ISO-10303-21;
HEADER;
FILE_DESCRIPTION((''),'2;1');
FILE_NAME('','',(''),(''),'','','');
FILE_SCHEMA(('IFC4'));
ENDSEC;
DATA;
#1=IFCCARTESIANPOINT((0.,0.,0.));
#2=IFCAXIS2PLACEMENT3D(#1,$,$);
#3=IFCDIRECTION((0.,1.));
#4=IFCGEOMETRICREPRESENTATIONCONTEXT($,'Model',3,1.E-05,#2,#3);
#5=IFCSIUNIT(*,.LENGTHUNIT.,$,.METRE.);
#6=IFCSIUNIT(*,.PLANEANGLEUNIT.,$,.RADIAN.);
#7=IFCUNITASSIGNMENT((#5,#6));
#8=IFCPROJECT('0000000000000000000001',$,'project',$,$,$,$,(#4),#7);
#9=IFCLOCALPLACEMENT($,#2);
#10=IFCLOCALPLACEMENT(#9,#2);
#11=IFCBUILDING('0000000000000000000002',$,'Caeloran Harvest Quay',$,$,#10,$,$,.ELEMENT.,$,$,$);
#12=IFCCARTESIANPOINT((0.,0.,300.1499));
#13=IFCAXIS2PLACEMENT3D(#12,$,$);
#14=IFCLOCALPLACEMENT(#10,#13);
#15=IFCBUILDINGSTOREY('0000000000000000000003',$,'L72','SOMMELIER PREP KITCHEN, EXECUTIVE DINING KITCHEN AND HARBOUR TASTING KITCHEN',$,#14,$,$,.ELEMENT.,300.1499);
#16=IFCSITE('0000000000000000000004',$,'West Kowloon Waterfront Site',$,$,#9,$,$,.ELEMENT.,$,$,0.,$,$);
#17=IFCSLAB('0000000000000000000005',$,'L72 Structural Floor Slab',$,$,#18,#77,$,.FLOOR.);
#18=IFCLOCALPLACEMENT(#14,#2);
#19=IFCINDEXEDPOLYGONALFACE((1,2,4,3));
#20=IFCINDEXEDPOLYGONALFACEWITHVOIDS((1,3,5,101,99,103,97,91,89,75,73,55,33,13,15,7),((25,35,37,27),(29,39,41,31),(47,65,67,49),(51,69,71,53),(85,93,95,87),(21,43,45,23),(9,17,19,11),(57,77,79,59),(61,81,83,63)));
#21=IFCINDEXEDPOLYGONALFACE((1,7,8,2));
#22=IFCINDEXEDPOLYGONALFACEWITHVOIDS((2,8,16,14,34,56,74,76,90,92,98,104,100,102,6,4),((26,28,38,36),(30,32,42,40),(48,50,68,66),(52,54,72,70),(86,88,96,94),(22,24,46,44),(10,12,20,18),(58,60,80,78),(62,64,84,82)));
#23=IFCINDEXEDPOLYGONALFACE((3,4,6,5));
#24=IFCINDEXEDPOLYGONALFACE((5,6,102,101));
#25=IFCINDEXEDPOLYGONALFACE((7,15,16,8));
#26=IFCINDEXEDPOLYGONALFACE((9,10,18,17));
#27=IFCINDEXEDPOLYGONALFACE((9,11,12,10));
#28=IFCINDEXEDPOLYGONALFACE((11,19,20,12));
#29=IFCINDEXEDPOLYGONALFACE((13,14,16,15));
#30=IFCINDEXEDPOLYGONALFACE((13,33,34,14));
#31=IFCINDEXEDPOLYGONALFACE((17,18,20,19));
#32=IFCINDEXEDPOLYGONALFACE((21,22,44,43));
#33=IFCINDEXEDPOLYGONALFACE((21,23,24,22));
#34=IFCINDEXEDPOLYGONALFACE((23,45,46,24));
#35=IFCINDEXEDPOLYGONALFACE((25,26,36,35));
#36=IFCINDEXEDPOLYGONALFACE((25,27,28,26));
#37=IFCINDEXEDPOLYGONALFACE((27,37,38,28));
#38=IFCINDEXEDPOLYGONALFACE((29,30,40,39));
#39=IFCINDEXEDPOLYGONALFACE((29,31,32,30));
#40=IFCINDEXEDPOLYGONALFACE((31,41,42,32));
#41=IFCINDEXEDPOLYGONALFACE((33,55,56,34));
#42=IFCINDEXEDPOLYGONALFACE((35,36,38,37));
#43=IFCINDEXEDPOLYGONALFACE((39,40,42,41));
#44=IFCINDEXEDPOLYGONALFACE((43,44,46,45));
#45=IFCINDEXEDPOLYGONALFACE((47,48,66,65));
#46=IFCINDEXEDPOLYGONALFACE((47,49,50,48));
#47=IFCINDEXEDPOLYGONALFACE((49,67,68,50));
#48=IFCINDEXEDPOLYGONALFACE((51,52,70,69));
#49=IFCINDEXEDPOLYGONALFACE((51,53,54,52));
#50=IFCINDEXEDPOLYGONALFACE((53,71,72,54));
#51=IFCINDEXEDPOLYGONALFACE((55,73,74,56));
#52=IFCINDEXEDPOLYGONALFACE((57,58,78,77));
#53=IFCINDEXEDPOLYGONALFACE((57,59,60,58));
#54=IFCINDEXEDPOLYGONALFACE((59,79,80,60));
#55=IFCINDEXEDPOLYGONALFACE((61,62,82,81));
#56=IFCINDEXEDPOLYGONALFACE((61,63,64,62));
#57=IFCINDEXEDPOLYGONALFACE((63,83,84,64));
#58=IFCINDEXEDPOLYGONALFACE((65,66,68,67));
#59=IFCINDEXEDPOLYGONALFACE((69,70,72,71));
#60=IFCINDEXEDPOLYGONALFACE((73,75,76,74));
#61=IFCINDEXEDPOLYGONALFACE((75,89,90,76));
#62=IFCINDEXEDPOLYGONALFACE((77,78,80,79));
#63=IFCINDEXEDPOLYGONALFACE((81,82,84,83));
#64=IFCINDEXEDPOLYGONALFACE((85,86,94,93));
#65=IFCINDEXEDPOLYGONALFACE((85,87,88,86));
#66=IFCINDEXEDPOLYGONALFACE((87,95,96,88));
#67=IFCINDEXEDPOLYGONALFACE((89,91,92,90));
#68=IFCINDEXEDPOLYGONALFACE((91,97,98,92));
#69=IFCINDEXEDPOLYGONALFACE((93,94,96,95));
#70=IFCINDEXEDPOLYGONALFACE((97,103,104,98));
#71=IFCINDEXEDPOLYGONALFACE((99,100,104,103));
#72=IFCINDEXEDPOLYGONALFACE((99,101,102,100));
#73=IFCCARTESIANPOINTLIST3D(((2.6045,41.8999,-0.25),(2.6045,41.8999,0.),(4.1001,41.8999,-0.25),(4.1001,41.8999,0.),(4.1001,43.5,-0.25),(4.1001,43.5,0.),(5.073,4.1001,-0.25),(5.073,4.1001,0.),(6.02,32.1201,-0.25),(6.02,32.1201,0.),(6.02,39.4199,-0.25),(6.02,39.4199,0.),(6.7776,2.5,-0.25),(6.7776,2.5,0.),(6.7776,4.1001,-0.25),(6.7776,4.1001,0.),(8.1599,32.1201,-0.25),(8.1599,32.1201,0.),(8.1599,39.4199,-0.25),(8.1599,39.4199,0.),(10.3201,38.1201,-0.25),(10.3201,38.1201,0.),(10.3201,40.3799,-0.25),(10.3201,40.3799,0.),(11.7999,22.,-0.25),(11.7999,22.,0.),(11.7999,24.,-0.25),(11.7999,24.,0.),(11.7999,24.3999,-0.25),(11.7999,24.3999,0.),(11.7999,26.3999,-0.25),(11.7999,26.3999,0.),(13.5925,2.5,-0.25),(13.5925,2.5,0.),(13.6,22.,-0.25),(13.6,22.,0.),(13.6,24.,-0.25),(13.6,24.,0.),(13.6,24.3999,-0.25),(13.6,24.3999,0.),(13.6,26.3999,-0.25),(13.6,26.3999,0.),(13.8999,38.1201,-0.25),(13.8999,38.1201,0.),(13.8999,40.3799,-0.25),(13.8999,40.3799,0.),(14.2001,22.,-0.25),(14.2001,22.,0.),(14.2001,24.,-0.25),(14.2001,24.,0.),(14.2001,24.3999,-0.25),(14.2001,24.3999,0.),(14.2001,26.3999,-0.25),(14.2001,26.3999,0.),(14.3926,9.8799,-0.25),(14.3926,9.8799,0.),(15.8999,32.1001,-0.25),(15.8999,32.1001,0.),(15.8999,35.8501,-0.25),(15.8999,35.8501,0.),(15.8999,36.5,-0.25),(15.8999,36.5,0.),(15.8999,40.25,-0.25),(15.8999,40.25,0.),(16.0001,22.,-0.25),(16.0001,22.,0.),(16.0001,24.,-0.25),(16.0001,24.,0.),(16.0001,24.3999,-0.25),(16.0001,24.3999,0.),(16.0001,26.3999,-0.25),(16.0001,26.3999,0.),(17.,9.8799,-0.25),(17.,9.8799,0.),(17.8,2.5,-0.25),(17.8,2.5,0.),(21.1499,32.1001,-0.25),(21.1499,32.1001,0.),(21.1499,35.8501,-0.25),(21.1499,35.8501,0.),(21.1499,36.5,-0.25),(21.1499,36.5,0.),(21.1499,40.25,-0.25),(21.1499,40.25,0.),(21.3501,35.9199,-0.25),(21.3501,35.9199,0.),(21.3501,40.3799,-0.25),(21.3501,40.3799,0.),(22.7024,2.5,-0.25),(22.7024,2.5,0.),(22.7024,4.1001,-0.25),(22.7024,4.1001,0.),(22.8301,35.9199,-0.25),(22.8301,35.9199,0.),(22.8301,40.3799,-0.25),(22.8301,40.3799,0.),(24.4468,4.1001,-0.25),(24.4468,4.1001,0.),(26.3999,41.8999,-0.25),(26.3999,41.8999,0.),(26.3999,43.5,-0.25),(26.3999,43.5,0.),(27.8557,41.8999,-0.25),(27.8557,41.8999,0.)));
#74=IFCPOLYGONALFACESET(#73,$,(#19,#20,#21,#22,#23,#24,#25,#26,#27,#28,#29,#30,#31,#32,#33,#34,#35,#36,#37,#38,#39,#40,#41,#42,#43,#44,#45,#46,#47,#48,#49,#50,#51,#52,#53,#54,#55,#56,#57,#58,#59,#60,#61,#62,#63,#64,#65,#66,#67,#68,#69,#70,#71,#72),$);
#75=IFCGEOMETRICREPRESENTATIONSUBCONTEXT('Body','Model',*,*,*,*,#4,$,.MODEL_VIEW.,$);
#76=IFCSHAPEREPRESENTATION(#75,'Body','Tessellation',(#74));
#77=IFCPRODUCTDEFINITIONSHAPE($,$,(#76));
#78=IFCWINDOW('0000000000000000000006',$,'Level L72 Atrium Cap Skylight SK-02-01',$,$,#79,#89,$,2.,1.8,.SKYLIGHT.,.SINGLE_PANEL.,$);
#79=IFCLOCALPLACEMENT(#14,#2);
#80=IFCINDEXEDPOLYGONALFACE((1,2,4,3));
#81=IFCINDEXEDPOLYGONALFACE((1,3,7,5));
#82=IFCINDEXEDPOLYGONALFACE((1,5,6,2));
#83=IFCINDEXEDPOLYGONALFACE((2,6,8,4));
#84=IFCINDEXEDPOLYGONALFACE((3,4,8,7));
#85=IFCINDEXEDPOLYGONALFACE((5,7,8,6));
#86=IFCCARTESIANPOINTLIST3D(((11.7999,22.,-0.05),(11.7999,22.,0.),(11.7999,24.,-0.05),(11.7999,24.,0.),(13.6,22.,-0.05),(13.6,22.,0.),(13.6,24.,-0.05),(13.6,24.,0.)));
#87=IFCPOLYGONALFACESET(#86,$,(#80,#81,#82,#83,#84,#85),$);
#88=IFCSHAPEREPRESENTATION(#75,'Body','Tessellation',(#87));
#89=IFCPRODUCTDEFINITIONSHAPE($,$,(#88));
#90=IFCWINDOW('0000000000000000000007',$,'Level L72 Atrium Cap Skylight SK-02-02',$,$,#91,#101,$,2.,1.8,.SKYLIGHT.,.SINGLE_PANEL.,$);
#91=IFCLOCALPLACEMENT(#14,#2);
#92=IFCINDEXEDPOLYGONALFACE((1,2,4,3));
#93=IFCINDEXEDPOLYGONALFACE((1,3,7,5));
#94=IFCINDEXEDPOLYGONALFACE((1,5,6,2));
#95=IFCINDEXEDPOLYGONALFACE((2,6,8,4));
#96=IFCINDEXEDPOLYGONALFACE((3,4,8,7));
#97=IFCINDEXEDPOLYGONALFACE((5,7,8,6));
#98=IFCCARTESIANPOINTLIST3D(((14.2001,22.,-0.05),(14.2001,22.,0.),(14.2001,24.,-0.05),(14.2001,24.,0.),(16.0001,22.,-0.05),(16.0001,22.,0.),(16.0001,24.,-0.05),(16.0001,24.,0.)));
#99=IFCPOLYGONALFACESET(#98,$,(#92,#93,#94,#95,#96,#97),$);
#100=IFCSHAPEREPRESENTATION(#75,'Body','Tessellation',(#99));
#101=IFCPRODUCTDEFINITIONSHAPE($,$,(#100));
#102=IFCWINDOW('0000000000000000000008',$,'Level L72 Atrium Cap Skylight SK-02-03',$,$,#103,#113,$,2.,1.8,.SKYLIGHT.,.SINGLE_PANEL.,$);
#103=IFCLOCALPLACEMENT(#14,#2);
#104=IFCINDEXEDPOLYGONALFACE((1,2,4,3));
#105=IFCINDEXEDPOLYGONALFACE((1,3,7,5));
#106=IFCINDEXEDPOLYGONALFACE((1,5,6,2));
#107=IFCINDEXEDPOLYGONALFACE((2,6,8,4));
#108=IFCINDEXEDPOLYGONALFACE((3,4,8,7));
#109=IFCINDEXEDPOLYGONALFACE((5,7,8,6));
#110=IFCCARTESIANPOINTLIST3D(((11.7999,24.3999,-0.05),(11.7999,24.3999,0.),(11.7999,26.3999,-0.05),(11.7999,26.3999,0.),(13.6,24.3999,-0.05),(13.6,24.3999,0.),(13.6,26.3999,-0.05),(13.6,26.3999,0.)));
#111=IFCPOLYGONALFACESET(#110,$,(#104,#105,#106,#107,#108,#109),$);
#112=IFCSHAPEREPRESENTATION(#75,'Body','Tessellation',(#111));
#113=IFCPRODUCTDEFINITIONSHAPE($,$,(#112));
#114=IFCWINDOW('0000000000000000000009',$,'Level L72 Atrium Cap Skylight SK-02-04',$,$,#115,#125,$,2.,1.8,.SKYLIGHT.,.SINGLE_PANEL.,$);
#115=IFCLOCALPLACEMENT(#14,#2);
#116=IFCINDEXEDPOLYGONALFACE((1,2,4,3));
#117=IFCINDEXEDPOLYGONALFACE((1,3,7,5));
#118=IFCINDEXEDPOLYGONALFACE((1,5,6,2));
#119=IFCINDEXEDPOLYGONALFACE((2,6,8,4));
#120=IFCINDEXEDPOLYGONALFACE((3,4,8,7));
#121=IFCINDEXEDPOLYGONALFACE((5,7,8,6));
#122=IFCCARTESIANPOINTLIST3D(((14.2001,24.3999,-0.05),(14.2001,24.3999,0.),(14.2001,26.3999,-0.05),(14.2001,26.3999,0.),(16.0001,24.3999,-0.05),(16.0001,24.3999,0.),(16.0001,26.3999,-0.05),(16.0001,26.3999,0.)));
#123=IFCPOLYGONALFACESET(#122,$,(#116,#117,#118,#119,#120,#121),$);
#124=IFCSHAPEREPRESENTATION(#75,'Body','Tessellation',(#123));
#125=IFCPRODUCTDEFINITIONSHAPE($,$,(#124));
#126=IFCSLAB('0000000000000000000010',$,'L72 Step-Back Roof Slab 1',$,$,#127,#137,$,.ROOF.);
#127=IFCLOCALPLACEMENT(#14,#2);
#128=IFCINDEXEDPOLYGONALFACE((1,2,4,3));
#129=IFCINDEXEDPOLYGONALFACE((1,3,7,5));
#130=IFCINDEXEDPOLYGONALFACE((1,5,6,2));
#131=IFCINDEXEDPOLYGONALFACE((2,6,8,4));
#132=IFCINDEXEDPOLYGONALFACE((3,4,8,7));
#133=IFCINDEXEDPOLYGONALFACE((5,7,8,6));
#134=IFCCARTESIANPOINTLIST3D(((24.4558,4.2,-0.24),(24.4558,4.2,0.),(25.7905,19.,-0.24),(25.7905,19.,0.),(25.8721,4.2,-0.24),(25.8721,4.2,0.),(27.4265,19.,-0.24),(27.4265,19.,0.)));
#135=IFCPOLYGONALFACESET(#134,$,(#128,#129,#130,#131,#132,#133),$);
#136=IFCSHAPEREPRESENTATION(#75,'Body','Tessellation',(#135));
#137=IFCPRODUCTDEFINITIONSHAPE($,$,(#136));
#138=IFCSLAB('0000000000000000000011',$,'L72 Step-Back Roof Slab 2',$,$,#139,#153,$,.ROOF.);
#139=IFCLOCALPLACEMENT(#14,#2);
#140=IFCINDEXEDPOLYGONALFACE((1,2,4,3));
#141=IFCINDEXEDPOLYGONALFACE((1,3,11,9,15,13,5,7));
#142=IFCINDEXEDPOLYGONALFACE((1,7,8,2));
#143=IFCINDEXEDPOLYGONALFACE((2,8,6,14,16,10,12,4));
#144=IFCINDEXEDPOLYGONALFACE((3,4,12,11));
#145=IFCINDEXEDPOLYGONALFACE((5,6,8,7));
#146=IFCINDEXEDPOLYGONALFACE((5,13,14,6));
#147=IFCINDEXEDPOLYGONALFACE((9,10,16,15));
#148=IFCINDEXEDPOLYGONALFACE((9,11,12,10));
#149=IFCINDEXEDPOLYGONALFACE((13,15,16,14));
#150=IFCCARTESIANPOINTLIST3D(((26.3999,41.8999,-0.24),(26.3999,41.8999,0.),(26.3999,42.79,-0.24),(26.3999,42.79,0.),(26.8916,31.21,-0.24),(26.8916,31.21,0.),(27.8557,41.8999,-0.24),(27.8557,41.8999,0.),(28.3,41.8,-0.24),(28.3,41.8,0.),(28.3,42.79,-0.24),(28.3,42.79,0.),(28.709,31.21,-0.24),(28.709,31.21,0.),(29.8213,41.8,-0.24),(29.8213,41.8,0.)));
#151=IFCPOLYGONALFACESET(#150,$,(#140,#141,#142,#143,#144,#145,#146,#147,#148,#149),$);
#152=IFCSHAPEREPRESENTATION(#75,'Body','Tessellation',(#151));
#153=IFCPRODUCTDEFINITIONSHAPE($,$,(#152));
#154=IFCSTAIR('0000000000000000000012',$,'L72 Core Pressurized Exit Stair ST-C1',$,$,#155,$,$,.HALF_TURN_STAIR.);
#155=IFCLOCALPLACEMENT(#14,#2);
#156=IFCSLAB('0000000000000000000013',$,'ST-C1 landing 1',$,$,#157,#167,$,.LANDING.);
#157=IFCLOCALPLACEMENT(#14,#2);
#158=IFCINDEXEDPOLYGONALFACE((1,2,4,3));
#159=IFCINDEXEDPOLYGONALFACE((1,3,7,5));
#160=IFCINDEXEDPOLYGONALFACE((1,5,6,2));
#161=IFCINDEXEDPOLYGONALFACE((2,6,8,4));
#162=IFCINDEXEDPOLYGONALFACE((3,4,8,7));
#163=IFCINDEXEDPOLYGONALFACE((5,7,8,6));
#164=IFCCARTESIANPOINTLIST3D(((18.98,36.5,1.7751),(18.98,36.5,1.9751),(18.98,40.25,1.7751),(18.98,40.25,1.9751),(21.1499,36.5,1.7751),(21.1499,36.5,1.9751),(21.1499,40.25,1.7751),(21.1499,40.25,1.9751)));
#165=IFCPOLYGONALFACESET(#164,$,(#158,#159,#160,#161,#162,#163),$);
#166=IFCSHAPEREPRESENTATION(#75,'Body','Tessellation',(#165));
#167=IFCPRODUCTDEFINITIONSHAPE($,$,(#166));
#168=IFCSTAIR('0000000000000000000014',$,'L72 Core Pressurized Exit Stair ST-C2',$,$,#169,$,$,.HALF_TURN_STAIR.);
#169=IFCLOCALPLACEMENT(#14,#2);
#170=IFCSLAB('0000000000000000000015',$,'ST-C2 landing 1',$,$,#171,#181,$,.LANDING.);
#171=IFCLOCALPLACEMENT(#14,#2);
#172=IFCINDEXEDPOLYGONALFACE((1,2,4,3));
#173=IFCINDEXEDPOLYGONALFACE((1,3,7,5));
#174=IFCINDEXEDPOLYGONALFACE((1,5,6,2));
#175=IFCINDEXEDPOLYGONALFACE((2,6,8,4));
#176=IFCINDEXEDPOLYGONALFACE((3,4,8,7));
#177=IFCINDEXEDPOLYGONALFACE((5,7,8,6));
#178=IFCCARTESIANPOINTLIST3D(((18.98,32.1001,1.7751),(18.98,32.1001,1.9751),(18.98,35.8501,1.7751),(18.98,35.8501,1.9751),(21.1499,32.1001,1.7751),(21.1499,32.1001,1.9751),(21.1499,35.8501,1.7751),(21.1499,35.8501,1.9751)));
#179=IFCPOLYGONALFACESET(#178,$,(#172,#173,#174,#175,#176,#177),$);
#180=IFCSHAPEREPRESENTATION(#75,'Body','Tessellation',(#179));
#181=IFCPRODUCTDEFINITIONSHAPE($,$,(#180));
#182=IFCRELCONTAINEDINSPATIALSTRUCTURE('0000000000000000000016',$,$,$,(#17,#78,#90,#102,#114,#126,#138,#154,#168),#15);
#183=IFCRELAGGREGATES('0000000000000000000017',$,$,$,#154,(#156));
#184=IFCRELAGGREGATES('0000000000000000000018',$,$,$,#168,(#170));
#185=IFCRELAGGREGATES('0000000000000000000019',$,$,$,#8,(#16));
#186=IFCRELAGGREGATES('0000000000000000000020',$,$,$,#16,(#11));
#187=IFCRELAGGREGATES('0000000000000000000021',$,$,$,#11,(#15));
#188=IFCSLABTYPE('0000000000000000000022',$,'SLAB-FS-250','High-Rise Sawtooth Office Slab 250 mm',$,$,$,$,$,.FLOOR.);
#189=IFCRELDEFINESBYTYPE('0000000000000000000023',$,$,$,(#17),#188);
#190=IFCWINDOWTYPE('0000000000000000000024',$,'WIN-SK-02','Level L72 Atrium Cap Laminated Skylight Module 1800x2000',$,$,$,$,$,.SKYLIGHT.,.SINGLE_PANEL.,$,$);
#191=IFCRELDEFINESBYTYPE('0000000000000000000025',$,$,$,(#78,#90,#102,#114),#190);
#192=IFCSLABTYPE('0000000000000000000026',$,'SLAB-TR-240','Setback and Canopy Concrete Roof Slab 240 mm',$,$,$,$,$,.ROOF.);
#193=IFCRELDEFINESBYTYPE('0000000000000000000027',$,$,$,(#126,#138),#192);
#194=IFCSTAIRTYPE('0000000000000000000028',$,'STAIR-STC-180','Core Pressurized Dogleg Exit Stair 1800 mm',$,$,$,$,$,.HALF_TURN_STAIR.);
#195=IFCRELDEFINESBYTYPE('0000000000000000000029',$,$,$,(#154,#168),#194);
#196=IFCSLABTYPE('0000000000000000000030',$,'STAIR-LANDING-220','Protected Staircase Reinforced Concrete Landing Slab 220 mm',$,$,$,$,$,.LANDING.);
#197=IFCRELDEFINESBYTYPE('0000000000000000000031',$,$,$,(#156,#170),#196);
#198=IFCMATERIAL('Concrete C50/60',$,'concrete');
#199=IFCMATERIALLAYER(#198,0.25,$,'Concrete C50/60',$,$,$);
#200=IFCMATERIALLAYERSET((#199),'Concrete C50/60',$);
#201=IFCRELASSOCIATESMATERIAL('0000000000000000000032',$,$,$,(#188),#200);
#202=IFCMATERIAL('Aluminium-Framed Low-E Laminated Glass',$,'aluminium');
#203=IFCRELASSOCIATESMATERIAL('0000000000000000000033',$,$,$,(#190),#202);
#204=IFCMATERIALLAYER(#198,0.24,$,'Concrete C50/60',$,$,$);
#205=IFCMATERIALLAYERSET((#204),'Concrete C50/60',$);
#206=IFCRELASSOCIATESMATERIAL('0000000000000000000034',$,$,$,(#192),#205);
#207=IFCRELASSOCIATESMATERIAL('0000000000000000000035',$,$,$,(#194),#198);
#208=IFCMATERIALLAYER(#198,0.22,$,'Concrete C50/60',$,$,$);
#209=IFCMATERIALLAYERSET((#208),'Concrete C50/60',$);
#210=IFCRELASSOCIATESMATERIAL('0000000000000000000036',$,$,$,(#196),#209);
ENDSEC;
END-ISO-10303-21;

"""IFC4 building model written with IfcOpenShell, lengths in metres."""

from ifc_helpers import new_model, si_unit, direction, frame, origin, origin_2d, place, context, subcontext, project, spatial, polyline, rectangle, outline, extrude, material, layer, layer_set, type_object, element, fill, aggregate, save


model = new_model("IFC4")

# Units and contexts
model_context = context("Model", 3, precision=1e-05, world=origin(), true_north=direction((0.0, 1.0)))
body_context = subcontext(model_context, "Body", "Model", "MODEL_VIEW")
ifc_project = project(units=[si_unit("LENGTHUNIT", "METRE"), si_unit("PLANEANGLEUNIT", "RADIAN")], contexts=[model_context])

# Site, building, storey
site_placement = place(None, origin())
site = spatial("IfcSite", under=ifc_project, at=site_placement, Name="West Kowloon Waterfront Site", CompositionType="ELEMENT", RefElevation=0.0)
building_placement = place(site_placement, origin())
building = spatial("IfcBuilding", under=site, at=building_placement, Name="Caeloran Harvest Quay", CompositionType="ELEMENT")
storey_placement = place(building_placement, frame((0.0, 0.0, 300.1499)))
storey = spatial("IfcBuildingStorey", under=building, at=storey_placement, Name="L72", Description="SOMMELIER PREP KITCHEN, EXECUTIVE DINING KITCHEN AND HARBOUR TASTING KITCHEN", CompositionType="ELEMENT", Elevation=300.1499)

# Slab, openings, windows
ifc_material_1 = material(Name="Concrete C50/60", Category="concrete")
ifc_layer_1 = layer(ifc_material_1, 0.25, Name="Concrete C50/60")
ifc_layer_set_1 = layer_set([ifc_layer_1], Name="Concrete C50/60")
slab_type_1 = type_object("IfcSlabType", Name="SLAB-FS-250", Description="High-Rise Sawtooth Office Slab 250 mm", PredefinedType="FLOOR", material=ifc_layer_set_1)
slab_1_placement = place(storey_placement, frame((0.0, 0.0, -0.25)))
slab_1 = element("IfcSlab", 1, at=slab_1_placement, inside=storey, type_object=slab_type_1, Name="L72 Structural Floor Slab", PredefinedType="FLOOR", context=body_context, shape_type="SweptSolid", body=[
    extrude(outline(polyline([(6.7776, 2.5), (13.5925, 2.5), (14.3926, 9.8799), (17.0, 9.8799), (17.8, 2.5), (22.7024, 2.5), (22.7024, 4.1001), (24.4468, 4.1001), (27.8557, 41.8999), (26.3999, 41.8999), (26.3999, 43.5), (4.1001, 43.5), (4.1001, 41.8999), (2.6045, 41.8999), (5.073, 4.1001), (6.7776, 4.1001), (6.7776, 2.5)]), holes=[polyline([(21.1499, 32.1001), (15.8999, 32.1001), (15.8999, 35.8501), (21.1499, 35.8501), (21.1499, 32.1001)]), polyline([(8.1599, 39.4199), (8.1599, 32.1201), (6.02, 32.1201), (6.02, 39.4199), (8.1599, 39.4199)]), polyline([(22.8301, 40.3799), (22.8301, 35.9199), (21.3501, 35.9199), (21.3501, 40.3799), (22.8301, 40.3799)]), polyline([(15.8999, 36.5), (15.8999, 40.25), (21.1499, 40.25), (21.1499, 36.5), (15.8999, 36.5)]), polyline([(13.8999, 38.1201), (10.3201, 38.1201), (10.3201, 40.3799), (13.8999, 40.3799), (13.8999, 38.1201)])]), origin(), (0.0, 0.0, 1.0), 0.25),
])
opening_1_placement = place(slab_1_placement, frame((12.7, 23.0, -0.01)))
opening_1 = element("IfcOpeningElement", 2, at=opening_1_placement, cuts=slab_1, PredefinedType="OPENING", context=body_context, shape_type="SweptSolid", body=[
    extrude(rectangle(XDim=1.8, YDim=2.0, at=origin_2d()), origin(), (0.0, 0.0, 1.0), 0.27),
])
opening_2_placement = place(slab_1_placement, frame((15.1001, 23.0, -0.01)))
opening_2 = element("IfcOpeningElement", 3, at=opening_2_placement, cuts=slab_1, PredefinedType="OPENING", context=body_context, shape_type="SweptSolid", body=[
    extrude(rectangle(XDim=1.8, YDim=2.0, at=origin_2d()), origin(), (0.0, 0.0, 1.0), 0.27),
])
opening_3_placement = place(slab_1_placement, frame((12.7, 25.3999, -0.01)))
opening_3 = element("IfcOpeningElement", 4, at=opening_3_placement, cuts=slab_1, PredefinedType="OPENING", context=body_context, shape_type="SweptSolid", body=[
    extrude(rectangle(XDim=1.8, YDim=2.0, at=origin_2d()), origin(), (0.0, 0.0, 1.0), 0.27),
])
opening_4_placement = place(slab_1_placement, frame((15.1001, 25.3999, -0.01)))
opening_4 = element("IfcOpeningElement", 5, at=opening_4_placement, cuts=slab_1, PredefinedType="OPENING", context=body_context, shape_type="SweptSolid", body=[
    extrude(rectangle(XDim=1.8, YDim=2.0, at=origin_2d()), origin(), (0.0, 0.0, 1.0), 0.27),
])
ifc_material_2 = material(Name="Aluminium-Framed Low-E Laminated Glass", Category="aluminium")
window_type = type_object("IfcWindowType", Name="WIN-SK-02", Description="Level L72 Atrium Cap Laminated Skylight Module 1800x2000", PartitioningType="SINGLE_PANEL", PredefinedType="SKYLIGHT", material=ifc_material_2)
window_1_placement = place(slab_1_placement, frame((12.7, 23.0, 0.2)))
window_1 = element("IfcWindow", 6, at=window_1_placement, inside=storey, type_object=window_type, Name="Level L72 Atrium Cap Skylight SK-02-01", OverallHeight=2.0, OverallWidth=1.8, PartitioningType="SINGLE_PANEL", PredefinedType="SKYLIGHT", context=body_context, shape_type="SweptSolid", body=[
    extrude(rectangle(XDim=1.8, YDim=2.0, at=origin_2d()), origin(), (0.0, 0.0, 1.0), 0.05),
])
fill(opening_1, window_1)
window_2_placement = place(slab_1_placement, frame((15.1001, 23.0, 0.2)))
window_2 = element("IfcWindow", 7, at=window_2_placement, inside=storey, type_object=window_type, Name="Level L72 Atrium Cap Skylight SK-02-02", OverallHeight=2.0, OverallWidth=1.8, PartitioningType="SINGLE_PANEL", PredefinedType="SKYLIGHT", context=body_context, shape_type="SweptSolid", body=[
    extrude(rectangle(XDim=1.8, YDim=2.0, at=origin_2d()), origin(), (0.0, 0.0, 1.0), 0.05),
])
fill(opening_2, window_2)
window_3_placement = place(slab_1_placement, frame((12.7, 25.3999, 0.2)))
window_3 = element("IfcWindow", 8, at=window_3_placement, inside=storey, type_object=window_type, Name="Level L72 Atrium Cap Skylight SK-02-03", OverallHeight=2.0, OverallWidth=1.8, PartitioningType="SINGLE_PANEL", PredefinedType="SKYLIGHT", context=body_context, shape_type="SweptSolid", body=[
    extrude(rectangle(XDim=1.8, YDim=2.0, at=origin_2d()), origin(), (0.0, 0.0, 1.0), 0.05),
])
fill(opening_3, window_3)
window_4_placement = place(slab_1_placement, frame((15.1001, 25.3999, 0.2)))
window_4 = element("IfcWindow", 9, at=window_4_placement, inside=storey, type_object=window_type, Name="Level L72 Atrium Cap Skylight SK-02-04", OverallHeight=2.0, OverallWidth=1.8, PartitioningType="SINGLE_PANEL", PredefinedType="SKYLIGHT", context=body_context, shape_type="SweptSolid", body=[
    extrude(rectangle(XDim=1.8, YDim=2.0, at=origin_2d()), origin(), (0.0, 0.0, 1.0), 0.05),
])
fill(opening_4, window_4)

# Slabs
ifc_layer_2 = layer(ifc_material_1, 0.24, Name="Concrete C50/60")
ifc_layer_set_2 = layer_set([ifc_layer_2], Name="Concrete C50/60")
slab_type_2 = type_object("IfcSlabType", Name="SLAB-TR-240", Description="Setback and Canopy Concrete Roof Slab 240 mm", PredefinedType="ROOF", material=ifc_layer_set_2)
slab_2_placement = place(storey_placement, frame((0.0, 0.0, -0.24)))
element("IfcSlab", 10, at=slab_2_placement, inside=storey, type_object=slab_type_2, Name="L72 Step-Back Roof Slab 1", PredefinedType="ROOF", context=body_context, shape_type="SweptSolid", body=[
    extrude(outline(polyline([(25.8721, 4.2), (24.4558, 4.2), (25.7905, 19.0), (27.4265, 19.0), (25.8721, 4.2)])), origin(), (0.0, 0.0, 1.0), 0.24),
])
slab_3_placement = place(storey_placement, frame((0.0, 0.0, -0.24)))
element("IfcSlab", 11, at=slab_3_placement, inside=storey, type_object=slab_type_2, Name="L72 Step-Back Roof Slab 2", PredefinedType="ROOF", context=body_context, shape_type="SweptSolid", body=[
    extrude(outline(polyline([(26.3999, 42.79), (28.3, 42.79), (28.3, 41.8), (29.8213, 41.8), (28.709, 31.21), (26.8916, 31.21), (27.8557, 41.8999), (26.3999, 41.8999), (26.3999, 42.79)])), origin(), (0.0, 0.0, 1.0), 0.24),
])

# Stairs, slabs
stair_type = type_object("IfcStairType", Name="STAIR-STC-180", Description="Core Pressurized Dogleg Exit Stair 1800 mm", PredefinedType="HALF_TURN_STAIR", material=ifc_material_1)
stair_1_placement = place(storey_placement, origin())
stair_1 = element("IfcStair", 12, at=stair_1_placement, inside=storey, type_object=stair_type, Name="L72 Core Pressurized Exit Stair ST-C1", PredefinedType="HALF_TURN_STAIR")
ifc_layer_3 = layer(ifc_material_1, 0.22, Name="Concrete C50/60")
ifc_layer_set_3 = layer_set([ifc_layer_3], Name="Concrete C50/60")
slab_type_3 = type_object("IfcSlabType", Name="STAIR-LANDING-220", Description="Protected Staircase Reinforced Concrete Landing Slab 220 mm", PredefinedType="LANDING", material=ifc_layer_set_3)
slab_4_placement = place(storey_placement, frame((0.0, 0.0, 1.7751)))
slab_4 = element("IfcSlab", 13, at=slab_4_placement, type_object=slab_type_3, Name="ST-C1 landing 1", PredefinedType="LANDING", context=body_context, shape_type="SweptSolid", body=[
    extrude(outline(polyline([(18.98, 36.5), (21.1499, 36.5), (21.1499, 40.25), (18.98, 40.25), (18.98, 36.5)])), origin(), (0.0, 0.0, 1.0), 0.2),
])
aggregate(stair_1, [slab_4])
stair_2_placement = place(storey_placement, origin())
stair_2 = element("IfcStair", 14, at=stair_2_placement, inside=storey, type_object=stair_type, Name="L72 Core Pressurized Exit Stair ST-C2", PredefinedType="HALF_TURN_STAIR")
slab_5_placement = place(storey_placement, frame((0.0, 0.0, 1.7751)))
slab_5 = element("IfcSlab", 15, at=slab_5_placement, type_object=slab_type_3, Name="ST-C2 landing 1", PredefinedType="LANDING", context=body_context, shape_type="SweptSolid", body=[
    extrude(outline(polyline([(18.98, 32.1001), (21.1499, 32.1001), (21.1499, 35.8501), (18.98, 35.8501), (18.98, 32.1001)])), origin(), (0.0, 0.0, 1.0), 0.2),
])
aggregate(stair_2, [slab_5])

save(model, "model.ifc")
